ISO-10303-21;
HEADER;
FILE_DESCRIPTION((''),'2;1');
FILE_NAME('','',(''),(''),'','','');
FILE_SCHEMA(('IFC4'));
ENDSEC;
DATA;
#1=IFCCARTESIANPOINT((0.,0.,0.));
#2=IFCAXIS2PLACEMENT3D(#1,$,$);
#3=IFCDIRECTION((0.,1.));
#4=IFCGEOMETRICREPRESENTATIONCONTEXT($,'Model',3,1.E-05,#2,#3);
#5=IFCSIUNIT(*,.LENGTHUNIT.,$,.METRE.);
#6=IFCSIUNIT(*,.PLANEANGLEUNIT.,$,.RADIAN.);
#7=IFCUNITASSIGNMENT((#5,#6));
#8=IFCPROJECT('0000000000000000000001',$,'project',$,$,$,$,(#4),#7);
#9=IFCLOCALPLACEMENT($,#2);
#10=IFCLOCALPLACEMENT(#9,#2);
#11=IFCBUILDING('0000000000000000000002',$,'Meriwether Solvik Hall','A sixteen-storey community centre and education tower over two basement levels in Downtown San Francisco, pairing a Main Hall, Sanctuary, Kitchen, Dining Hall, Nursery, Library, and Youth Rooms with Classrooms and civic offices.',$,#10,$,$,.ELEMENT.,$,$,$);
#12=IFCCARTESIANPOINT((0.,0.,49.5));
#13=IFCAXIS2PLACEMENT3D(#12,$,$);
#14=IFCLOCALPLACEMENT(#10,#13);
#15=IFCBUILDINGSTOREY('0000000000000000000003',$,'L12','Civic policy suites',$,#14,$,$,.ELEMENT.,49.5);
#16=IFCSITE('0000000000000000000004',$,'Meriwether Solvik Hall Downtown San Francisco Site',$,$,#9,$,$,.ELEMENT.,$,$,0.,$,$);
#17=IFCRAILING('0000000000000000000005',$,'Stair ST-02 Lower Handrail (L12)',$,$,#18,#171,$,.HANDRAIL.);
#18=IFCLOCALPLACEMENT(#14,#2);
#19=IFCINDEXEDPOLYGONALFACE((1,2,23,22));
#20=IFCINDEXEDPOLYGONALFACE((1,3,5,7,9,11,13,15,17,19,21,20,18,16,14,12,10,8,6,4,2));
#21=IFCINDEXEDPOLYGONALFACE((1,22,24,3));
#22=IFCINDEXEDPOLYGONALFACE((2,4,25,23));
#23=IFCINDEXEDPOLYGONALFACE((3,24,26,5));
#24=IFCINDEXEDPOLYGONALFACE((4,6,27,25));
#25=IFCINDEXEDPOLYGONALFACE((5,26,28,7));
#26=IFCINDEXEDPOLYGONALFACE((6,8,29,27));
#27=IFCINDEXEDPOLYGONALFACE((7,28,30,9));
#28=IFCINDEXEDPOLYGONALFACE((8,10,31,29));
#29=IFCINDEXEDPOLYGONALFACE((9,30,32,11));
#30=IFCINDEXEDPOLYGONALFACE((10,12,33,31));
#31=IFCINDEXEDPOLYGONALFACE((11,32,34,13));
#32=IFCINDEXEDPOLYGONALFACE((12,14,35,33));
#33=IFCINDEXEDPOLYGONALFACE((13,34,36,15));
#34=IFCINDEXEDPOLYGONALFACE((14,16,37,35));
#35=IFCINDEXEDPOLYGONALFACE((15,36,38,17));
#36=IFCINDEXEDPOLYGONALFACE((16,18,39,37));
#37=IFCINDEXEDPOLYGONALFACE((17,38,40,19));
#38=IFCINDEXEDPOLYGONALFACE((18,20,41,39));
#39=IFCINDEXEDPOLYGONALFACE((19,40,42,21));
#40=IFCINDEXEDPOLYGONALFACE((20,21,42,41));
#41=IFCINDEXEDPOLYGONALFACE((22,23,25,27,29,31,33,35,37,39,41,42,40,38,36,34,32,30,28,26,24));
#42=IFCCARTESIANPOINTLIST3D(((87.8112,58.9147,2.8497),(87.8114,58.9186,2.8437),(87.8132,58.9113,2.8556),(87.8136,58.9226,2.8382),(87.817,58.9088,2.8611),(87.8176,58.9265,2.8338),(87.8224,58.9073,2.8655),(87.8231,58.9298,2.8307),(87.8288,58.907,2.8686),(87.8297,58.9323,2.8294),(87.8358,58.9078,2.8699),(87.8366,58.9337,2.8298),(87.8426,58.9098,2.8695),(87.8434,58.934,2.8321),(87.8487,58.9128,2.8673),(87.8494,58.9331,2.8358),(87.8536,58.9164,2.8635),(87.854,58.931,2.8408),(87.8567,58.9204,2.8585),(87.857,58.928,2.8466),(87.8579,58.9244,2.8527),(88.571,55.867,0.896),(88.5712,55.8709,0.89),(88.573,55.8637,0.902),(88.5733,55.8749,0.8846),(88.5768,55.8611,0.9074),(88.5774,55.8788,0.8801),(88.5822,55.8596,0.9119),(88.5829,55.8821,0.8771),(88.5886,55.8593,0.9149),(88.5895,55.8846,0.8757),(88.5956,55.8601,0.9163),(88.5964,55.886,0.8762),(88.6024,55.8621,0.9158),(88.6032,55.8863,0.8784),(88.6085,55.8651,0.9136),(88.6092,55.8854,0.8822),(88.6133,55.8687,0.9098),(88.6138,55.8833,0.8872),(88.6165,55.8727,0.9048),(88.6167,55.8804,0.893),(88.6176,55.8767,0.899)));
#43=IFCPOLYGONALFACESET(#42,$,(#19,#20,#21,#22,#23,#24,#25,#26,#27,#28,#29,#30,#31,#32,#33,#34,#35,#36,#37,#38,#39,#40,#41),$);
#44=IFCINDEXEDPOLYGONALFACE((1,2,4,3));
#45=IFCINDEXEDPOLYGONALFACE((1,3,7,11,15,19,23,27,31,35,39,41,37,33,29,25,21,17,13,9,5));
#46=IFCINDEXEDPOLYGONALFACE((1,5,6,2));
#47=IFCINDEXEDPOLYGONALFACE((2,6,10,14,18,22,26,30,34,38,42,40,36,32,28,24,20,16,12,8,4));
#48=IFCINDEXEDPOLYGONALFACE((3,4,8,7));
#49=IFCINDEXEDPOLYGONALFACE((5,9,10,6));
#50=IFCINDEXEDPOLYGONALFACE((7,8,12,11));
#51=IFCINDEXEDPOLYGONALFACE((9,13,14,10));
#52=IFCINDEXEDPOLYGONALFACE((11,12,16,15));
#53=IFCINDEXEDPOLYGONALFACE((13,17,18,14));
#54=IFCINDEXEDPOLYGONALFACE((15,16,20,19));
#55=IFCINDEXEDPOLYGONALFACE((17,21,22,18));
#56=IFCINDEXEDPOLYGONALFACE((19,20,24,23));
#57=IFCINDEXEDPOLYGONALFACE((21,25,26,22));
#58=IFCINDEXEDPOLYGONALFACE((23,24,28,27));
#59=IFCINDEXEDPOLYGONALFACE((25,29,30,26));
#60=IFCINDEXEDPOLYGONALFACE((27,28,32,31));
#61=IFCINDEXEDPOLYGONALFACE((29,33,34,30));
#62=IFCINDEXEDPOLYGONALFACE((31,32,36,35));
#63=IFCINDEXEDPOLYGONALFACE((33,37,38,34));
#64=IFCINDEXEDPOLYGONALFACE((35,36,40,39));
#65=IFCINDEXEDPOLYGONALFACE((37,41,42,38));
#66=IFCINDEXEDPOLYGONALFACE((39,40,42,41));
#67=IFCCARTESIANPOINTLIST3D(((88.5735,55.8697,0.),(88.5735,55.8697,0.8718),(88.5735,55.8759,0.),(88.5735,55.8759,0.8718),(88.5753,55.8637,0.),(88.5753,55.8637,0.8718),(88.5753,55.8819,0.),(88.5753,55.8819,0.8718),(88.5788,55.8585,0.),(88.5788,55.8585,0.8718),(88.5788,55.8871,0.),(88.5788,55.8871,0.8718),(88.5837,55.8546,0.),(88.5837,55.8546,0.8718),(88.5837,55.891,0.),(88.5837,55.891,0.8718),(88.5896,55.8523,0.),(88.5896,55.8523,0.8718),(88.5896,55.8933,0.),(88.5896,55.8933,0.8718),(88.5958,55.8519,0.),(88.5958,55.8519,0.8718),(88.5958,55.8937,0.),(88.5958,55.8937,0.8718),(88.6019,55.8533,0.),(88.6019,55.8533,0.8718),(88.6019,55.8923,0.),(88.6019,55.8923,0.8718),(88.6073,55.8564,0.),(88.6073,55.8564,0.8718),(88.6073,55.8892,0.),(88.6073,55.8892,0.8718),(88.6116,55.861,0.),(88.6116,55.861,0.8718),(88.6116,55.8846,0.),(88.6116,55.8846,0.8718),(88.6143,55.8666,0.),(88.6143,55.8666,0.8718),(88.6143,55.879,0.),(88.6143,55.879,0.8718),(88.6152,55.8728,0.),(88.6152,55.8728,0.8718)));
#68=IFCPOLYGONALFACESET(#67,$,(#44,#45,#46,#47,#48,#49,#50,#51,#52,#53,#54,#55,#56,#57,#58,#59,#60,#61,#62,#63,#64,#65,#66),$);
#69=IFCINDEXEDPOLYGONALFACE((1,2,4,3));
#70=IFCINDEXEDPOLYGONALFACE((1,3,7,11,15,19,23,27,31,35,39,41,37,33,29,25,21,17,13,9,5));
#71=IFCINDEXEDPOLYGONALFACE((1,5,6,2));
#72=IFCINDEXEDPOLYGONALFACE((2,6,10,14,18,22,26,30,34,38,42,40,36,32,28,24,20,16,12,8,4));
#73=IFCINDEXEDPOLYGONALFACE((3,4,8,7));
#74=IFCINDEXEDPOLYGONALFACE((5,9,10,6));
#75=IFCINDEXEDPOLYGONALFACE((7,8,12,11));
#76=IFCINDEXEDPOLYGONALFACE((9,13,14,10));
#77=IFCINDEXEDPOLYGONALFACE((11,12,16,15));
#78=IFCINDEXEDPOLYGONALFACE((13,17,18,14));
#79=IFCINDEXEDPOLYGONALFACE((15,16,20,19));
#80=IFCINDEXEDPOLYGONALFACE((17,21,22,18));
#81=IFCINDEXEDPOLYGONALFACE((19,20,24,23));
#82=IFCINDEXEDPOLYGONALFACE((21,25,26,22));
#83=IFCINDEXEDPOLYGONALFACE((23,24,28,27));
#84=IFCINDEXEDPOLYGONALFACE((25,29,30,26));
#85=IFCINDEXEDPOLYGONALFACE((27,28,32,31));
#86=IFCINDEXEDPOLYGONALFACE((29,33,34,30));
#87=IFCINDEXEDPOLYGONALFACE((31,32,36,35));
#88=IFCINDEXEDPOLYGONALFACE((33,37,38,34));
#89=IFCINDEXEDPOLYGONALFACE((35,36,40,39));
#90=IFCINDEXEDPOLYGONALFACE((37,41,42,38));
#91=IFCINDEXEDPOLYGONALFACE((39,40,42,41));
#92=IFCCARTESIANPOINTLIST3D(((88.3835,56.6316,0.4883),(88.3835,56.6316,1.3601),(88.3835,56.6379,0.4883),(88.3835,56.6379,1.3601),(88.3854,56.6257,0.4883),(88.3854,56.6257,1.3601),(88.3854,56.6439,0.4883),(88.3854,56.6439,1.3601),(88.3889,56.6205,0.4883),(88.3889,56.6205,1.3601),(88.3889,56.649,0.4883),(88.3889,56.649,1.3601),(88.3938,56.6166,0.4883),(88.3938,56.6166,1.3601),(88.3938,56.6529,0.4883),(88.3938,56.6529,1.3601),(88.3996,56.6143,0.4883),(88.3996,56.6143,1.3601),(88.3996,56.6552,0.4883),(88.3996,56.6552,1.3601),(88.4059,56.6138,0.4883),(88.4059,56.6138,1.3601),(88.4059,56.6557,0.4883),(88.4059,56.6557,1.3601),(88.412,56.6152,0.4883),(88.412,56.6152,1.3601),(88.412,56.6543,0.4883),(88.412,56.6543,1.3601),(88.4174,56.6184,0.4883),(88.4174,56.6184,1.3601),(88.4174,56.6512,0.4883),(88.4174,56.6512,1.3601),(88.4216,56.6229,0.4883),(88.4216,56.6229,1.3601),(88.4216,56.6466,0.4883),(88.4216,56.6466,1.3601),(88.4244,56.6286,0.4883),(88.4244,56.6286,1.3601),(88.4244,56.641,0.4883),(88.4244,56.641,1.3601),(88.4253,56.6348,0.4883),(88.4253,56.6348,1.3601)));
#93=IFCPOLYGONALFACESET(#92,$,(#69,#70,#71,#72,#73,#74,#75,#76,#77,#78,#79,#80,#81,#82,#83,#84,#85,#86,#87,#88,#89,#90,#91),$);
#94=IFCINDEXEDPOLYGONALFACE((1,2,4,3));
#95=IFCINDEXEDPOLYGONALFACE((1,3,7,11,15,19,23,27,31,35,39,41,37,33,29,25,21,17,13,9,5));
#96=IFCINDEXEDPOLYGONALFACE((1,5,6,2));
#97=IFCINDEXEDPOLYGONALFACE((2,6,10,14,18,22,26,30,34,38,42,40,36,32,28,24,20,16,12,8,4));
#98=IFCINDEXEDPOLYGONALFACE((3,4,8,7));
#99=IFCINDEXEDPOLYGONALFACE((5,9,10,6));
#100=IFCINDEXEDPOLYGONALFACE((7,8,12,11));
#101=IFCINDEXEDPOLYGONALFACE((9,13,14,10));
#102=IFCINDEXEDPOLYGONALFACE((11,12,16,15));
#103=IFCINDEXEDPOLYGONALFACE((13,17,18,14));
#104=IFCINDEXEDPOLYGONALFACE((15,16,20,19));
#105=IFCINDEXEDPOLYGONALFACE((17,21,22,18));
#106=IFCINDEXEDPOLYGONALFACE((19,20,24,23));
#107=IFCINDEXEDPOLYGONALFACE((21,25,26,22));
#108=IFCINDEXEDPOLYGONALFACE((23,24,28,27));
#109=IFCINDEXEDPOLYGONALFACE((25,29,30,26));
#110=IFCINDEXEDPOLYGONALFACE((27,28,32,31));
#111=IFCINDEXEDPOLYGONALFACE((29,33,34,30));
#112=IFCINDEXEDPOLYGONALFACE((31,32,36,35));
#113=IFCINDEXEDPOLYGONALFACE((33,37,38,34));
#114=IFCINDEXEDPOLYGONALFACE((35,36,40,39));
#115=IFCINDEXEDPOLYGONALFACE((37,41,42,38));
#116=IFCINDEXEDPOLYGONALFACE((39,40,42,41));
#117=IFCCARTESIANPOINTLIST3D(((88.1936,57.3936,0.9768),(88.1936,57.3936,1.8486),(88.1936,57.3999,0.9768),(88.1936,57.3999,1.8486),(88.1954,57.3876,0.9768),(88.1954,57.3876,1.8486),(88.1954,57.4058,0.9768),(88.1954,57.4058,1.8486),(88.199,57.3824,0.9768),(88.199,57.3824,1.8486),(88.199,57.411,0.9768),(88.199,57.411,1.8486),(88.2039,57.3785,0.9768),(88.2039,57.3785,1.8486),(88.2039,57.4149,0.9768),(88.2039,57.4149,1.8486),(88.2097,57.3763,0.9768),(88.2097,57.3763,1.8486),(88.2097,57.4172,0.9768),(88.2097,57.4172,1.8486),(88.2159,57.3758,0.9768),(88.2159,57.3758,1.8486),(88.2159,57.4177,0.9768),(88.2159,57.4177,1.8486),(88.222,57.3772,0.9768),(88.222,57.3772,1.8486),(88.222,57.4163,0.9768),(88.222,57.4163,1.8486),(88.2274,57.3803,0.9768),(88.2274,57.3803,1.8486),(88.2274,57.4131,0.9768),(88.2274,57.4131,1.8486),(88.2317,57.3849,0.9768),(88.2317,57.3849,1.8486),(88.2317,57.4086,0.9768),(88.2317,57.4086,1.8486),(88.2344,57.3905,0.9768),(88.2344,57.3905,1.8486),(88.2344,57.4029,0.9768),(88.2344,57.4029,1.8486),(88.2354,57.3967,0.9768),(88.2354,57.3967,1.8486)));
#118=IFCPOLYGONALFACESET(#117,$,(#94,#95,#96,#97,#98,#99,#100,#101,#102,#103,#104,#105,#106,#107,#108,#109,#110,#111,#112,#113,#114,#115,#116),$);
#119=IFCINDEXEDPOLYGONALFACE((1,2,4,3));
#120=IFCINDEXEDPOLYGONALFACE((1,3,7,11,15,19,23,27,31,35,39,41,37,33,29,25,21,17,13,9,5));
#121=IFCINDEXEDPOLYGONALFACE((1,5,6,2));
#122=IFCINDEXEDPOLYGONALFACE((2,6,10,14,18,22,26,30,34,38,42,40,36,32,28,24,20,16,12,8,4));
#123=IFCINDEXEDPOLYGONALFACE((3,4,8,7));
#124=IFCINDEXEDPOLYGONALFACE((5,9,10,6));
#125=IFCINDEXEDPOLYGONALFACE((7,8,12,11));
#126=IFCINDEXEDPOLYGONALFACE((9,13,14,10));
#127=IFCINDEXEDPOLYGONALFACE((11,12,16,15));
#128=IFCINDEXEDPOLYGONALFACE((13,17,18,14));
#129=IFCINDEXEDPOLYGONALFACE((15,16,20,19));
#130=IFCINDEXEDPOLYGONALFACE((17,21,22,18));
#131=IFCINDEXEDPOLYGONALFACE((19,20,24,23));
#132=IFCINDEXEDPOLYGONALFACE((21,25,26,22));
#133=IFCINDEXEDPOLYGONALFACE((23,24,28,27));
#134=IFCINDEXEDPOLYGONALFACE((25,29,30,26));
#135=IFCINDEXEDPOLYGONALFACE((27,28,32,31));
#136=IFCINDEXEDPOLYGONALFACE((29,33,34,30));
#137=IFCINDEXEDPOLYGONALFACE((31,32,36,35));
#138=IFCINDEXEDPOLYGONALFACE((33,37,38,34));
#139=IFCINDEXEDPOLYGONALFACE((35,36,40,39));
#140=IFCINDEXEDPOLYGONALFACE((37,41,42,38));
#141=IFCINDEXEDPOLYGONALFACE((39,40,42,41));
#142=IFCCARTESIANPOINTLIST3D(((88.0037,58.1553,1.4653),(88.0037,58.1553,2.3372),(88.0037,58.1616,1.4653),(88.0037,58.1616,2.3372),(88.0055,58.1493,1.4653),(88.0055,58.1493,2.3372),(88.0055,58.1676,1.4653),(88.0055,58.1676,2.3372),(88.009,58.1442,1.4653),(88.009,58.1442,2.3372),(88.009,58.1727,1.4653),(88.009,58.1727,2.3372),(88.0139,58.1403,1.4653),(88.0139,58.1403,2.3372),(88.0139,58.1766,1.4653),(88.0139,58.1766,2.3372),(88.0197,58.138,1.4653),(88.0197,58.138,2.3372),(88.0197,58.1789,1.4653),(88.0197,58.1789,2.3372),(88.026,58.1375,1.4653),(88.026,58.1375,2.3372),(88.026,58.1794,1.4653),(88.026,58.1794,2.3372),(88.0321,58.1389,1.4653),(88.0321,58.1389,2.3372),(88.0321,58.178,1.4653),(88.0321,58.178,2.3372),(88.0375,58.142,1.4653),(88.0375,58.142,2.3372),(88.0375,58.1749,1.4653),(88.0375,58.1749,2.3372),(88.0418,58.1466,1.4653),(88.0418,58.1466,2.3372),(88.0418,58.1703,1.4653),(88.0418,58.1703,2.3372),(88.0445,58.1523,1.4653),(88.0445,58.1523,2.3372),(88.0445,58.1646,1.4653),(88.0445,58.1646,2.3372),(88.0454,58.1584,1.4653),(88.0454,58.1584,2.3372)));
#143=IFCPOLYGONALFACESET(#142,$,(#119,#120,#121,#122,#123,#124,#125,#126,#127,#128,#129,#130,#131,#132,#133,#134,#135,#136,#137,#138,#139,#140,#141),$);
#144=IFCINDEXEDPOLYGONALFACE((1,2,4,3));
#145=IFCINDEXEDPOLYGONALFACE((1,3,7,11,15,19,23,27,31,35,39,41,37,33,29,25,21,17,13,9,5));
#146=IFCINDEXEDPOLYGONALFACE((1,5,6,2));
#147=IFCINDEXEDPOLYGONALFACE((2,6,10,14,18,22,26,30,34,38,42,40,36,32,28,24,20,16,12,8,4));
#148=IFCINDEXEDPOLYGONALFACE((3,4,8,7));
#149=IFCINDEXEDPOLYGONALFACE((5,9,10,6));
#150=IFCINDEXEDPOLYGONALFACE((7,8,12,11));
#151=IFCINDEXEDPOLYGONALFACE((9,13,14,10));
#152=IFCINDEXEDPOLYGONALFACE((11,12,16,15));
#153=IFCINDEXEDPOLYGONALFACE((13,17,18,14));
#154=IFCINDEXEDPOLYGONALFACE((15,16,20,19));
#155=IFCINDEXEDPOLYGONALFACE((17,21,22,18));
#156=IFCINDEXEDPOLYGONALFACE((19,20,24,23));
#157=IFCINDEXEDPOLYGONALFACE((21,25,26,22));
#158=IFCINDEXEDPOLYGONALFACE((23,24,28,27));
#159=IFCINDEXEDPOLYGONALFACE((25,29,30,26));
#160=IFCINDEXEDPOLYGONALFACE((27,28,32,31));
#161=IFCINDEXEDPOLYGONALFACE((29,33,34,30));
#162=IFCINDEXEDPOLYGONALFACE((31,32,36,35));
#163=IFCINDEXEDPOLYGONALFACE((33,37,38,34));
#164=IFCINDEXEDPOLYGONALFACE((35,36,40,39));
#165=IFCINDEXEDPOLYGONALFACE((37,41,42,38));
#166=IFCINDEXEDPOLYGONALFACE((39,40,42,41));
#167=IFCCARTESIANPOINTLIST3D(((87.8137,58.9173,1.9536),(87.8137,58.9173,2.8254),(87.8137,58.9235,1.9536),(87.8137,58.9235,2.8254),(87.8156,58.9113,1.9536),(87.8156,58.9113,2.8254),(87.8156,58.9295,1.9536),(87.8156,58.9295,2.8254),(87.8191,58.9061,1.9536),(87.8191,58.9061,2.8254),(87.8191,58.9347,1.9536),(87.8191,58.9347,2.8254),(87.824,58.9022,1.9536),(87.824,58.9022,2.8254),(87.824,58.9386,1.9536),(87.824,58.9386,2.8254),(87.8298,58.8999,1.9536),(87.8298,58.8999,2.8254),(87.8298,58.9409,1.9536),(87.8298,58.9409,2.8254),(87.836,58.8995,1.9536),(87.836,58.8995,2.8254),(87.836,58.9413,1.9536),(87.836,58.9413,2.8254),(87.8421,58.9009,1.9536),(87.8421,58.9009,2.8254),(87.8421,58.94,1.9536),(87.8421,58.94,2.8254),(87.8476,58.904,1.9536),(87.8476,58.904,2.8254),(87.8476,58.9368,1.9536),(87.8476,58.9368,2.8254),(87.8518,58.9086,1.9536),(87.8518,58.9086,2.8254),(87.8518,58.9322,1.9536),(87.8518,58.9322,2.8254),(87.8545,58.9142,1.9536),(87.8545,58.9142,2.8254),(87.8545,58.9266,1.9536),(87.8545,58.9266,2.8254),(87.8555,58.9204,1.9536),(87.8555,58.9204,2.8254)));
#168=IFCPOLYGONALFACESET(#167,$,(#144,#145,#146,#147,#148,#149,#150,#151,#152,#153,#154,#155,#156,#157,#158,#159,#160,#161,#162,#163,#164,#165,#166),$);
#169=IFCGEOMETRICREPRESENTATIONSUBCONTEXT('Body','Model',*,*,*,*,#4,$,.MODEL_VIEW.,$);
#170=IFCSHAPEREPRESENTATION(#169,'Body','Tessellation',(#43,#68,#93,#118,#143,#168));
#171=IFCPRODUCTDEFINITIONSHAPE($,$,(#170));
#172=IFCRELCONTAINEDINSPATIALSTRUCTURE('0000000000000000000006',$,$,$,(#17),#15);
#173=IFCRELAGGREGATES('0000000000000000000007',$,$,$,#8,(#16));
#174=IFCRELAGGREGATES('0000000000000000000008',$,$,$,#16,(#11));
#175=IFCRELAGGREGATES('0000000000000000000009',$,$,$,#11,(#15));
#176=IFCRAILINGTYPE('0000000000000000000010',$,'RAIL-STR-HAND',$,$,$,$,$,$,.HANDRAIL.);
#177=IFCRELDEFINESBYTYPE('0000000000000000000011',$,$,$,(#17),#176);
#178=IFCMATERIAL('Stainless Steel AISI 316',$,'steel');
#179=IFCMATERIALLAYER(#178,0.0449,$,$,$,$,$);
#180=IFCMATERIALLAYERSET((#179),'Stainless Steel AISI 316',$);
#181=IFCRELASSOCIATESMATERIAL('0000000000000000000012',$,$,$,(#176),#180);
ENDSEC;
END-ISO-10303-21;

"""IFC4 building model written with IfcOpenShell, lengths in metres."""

from ifc_helpers import new_model, si_unit, direction, frame, origin, origin_2d, place, context, subcontext, project, spatial, circle, extrude, material, layer, layer_set, type_object, element, save


model = new_model("IFC4")

# Units and contexts
model_context = context("Model", 3, precision=1e-05, world=origin(), true_north=direction((0.0, 1.0)))
body_context = subcontext(model_context, "Body", "Model", "MODEL_VIEW")
ifc_project = project(units=[si_unit("LENGTHUNIT", "METRE"), si_unit("PLANEANGLEUNIT", "RADIAN")], contexts=[model_context])

# Site, building, storey
site_placement = place(None, origin())
site = spatial("IfcSite", under=ifc_project, at=site_placement, Name="Meriwether Solvik Hall Downtown San Francisco Site", CompositionType="ELEMENT", RefElevation=0.0)
building_placement = place(site_placement, origin())
building = spatial("IfcBuilding", under=site, at=building_placement, Name="Meriwether Solvik Hall", Description="A sixteen-storey community centre and education tower over two basement levels in Downtown San Francisco, pairing a Main Hall, Sanctuary, Kitchen, Dining Hall, Nursery, Library, and Youth Rooms with Classrooms and civic offices.", CompositionType="ELEMENT")
storey_placement = place(building_placement, frame((0.0, 0.0, 49.5)))
storey = spatial("IfcBuildingStorey", under=building, at=storey_placement, Name="L12", Description="Civic policy suites", CompositionType="ELEMENT", Elevation=49.5)

# Railing
ifc_material_1 = material(Name="Stainless Steel AISI 316", Category="steel")
ifc_layer_1 = layer(ifc_material_1, 0.0449)
ifc_layer_set_1 = layer_set([ifc_layer_1], Name="Stainless Steel AISI 316")
railing_type_1 = type_object("IfcRailingType", Name="RAIL-STR-HAND", PredefinedType="HANDRAIL", material=ifc_layer_set_1)
railing_1_placement = place(storey_placement, frame((88.5942, 55.8728, 0.0)))
element("IfcRailing", 1, at=railing_1_placement, inside=storey, type_object=railing_type_1, Name="Stair ST-02 Lower Handrail (L12)", PredefinedType="HANDRAIL", context=body_context, shape_type="SweptSolid", body=[
    extrude(circle(Radius=0.0239, at=origin_2d()), frame((0.0, 0.0, 0.896), z_axis=(-0.205404, 0.823926, 0.528163), x_axis=(-0.970302, -0.241895, 0.0)), (0.0, 0.0, 1.0), 3.699),
    extrude(circle(Radius=0.021, at=origin_2d()), origin(), (0.0, 0.0, 1.0), 0.8718),
    extrude(circle(Radius=0.021, at=origin_2d()), frame((-0.1899, 0.762, 0.4883)), (0.0, 0.0, 1.0), 0.8718),
    extrude(circle(Radius=0.021, at=origin_2d()), frame((-0.3799, 1.5239, 0.9768)), (0.0, 0.0, 1.0), 0.8718),
    extrude(circle(Radius=0.021, at=origin_2d()), frame((-0.5698, 2.2856, 1.4653)), (0.0, 0.0, 1.0), 0.8718),
    extrude(circle(Radius=0.021, at=origin_2d()), frame((-0.7598, 3.0476, 1.9536)), (0.0, 0.0, 1.0), 0.8718),
])

save(model, "model.ifc")
